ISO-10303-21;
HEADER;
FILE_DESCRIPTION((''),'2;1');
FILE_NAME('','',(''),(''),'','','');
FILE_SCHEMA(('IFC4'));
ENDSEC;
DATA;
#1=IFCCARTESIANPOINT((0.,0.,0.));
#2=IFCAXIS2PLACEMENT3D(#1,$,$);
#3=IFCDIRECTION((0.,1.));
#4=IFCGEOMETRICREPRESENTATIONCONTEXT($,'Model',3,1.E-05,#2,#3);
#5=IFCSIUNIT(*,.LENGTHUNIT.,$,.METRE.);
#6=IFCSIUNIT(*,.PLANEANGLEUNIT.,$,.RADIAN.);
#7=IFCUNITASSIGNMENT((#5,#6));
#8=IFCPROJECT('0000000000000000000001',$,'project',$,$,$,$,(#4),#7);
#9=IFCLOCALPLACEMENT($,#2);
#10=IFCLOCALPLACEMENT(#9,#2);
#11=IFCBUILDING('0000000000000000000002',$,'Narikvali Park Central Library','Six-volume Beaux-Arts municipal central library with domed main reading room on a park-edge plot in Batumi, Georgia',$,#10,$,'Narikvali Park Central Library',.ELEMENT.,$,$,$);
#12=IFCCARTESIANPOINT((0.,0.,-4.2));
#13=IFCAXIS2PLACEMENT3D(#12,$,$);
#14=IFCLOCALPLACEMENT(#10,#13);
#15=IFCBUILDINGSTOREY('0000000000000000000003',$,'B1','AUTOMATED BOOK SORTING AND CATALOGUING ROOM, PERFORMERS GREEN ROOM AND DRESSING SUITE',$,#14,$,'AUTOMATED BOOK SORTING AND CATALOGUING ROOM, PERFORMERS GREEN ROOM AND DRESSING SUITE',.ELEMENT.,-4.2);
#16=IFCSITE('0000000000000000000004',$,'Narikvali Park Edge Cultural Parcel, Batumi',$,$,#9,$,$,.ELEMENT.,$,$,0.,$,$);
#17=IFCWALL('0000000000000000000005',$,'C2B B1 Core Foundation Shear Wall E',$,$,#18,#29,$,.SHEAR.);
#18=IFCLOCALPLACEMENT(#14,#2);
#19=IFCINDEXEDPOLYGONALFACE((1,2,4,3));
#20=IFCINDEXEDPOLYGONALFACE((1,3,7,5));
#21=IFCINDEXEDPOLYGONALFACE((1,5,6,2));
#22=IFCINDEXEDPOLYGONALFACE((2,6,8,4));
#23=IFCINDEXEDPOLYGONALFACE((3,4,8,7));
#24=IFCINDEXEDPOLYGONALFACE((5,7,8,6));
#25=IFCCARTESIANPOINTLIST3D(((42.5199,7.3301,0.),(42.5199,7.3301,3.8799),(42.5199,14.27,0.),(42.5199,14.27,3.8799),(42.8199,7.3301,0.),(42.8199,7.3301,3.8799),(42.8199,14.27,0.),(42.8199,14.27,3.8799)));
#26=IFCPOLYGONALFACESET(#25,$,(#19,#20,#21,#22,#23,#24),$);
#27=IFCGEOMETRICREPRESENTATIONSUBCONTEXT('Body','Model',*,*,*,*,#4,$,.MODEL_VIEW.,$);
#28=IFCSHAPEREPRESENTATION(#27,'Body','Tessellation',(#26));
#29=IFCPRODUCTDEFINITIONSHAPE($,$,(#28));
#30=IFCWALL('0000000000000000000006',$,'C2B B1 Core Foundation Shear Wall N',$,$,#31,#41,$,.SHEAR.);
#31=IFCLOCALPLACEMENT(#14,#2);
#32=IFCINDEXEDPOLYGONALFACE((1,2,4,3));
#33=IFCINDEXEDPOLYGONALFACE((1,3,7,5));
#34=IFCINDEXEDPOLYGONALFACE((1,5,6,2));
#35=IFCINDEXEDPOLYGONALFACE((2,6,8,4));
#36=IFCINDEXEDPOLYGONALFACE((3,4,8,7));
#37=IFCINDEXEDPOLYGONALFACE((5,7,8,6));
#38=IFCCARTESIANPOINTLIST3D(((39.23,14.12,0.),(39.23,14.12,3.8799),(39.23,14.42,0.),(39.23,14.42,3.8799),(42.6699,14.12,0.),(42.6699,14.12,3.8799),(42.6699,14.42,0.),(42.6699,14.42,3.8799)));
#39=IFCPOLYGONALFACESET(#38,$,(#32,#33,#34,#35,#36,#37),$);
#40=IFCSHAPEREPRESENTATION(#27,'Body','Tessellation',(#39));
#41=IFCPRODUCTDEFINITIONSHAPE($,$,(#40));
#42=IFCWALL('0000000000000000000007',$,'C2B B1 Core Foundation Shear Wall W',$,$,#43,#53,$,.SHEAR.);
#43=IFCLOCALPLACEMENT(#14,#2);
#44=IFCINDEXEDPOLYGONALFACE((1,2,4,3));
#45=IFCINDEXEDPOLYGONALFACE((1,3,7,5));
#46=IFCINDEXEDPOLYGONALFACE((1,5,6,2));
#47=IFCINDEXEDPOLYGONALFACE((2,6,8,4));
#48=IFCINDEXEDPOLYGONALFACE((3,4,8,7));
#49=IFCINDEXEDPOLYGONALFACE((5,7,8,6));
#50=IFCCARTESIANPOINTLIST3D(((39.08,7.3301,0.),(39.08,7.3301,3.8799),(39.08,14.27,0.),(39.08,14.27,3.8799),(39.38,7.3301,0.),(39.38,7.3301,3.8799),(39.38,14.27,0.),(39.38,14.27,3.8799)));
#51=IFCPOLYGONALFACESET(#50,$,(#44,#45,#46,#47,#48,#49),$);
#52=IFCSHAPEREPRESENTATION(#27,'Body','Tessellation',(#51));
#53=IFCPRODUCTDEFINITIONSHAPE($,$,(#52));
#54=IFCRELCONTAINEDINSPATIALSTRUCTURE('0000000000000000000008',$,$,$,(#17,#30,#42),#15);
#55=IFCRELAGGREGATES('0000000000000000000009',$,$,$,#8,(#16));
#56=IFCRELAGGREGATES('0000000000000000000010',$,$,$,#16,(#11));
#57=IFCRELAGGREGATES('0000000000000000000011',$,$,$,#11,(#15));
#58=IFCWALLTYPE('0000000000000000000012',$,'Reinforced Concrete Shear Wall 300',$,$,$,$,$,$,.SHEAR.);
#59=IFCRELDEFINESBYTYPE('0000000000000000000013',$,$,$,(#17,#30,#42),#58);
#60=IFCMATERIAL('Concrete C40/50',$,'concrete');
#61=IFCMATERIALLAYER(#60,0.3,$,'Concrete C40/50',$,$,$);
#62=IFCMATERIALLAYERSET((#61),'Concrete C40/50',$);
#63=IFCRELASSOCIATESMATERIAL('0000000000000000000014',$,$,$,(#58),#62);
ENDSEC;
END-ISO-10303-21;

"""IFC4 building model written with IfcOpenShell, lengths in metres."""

from ifc_helpers import new_model, si_unit, direction, frame, frame_2d, origin, place, context, subcontext, project, spatial, rectangle, extrude, material, layer, layer_set, type_object, element, save


model = new_model("IFC4")

# Units and contexts
model_context = context("Model", 3, precision=1e-05, world=origin(), true_north=direction((0.0, 1.0)))
body_context = subcontext(model_context, "Body", "Model", "MODEL_VIEW")
ifc_project = project(units=[si_unit("LENGTHUNIT", "METRE"), si_unit("PLANEANGLEUNIT", "RADIAN")], contexts=[model_context])

# Site, building, storey
site_placement = place(None, origin())
site = spatial("IfcSite", under=ifc_project, at=site_placement, Name="Narikvali Park Edge Cultural Parcel, Batumi", CompositionType="ELEMENT", RefElevation=0.0)
building_placement = place(site_placement, origin())
building = spatial("IfcBuilding", under=site, at=building_placement, Name="Narikvali Park Central Library", Description="Six-volume Beaux-Arts municipal central library with domed main reading room on a park-edge plot in Batumi, Georgia", LongName="Narikvali Park Central Library", CompositionType="ELEMENT")
storey_placement = place(building_placement, frame((0.0, 0.0, -4.2)))
storey = spatial("IfcBuildingStorey", under=building, at=storey_placement, Name="B1", Description="AUTOMATED BOOK SORTING AND CATALOGUING ROOM, PERFORMERS GREEN ROOM AND DRESSING SUITE", LongName="AUTOMATED BOOK SORTING AND CATALOGUING ROOM, PERFORMERS GREEN ROOM AND DRESSING SUITE", CompositionType="ELEMENT", Elevation=-4.2)

# Walls
ifc_material_1 = material(Name="Concrete C40/50", Category="concrete")
ifc_layer_1 = layer(ifc_material_1, 0.3, Name="Concrete C40/50")
ifc_layer_set_1 = layer_set([ifc_layer_1], Name="Concrete C40/50")
wall_type_1 = type_object("IfcWallType", Name="Reinforced Concrete Shear Wall 300", PredefinedType="SHEAR", material=ifc_layer_set_1)
wall_1_placement = place(storey_placement, frame((42.6699, 7.3301, 0.0), z_axis=(0.0, 0.0, 1.0), x_axis=(0.0, 1.0, 0.0)))
element("IfcWall", 1, at=wall_1_placement, inside=storey, type_object=wall_type_1, Name="C2B B1 Core Foundation Shear Wall E", PredefinedType="SHEAR", context=body_context, shape_type="SweptSolid", body=[
    extrude(rectangle(XDim=6.9399, YDim=0.3, at=frame_2d((3.47, 0.0))), origin(), (0.0, 0.0, 1.0), 3.8799),
])
wall_2_placement = place(storey_placement, frame((42.6699, 14.27, 0.0), z_axis=(0.0, 0.0, 1.0), x_axis=(-1.0, 0.0, 0.0)))
element("IfcWall", 2, at=wall_2_placement, inside=storey, type_object=wall_type_1, Name="C2B B1 Core Foundation Shear Wall N", PredefinedType="SHEAR", context=body_context, shape_type="SweptSolid", body=[
    extrude(rectangle(XDim=3.4399, YDim=0.3, at=frame_2d((1.72, 0.0))), origin(), (0.0, 0.0, 1.0), 3.8799),
])
wall_3_placement = place(storey_placement, frame((39.23, 14.27, 0.0), z_axis=(0.0, 0.0, 1.0), x_axis=(0.0, -1.0, 0.0)))
element("IfcWall", 3, at=wall_3_placement, inside=storey, type_object=wall_type_1, Name="C2B B1 Core Foundation Shear Wall W", PredefinedType="SHEAR", context=body_context, shape_type="SweptSolid", body=[
    extrude(rectangle(XDim=6.9399, YDim=0.3, at=frame_2d((3.47, 0.0))), origin(), (0.0, 0.0, 1.0), 3.8799),
])

save(model, "model.ifc")
